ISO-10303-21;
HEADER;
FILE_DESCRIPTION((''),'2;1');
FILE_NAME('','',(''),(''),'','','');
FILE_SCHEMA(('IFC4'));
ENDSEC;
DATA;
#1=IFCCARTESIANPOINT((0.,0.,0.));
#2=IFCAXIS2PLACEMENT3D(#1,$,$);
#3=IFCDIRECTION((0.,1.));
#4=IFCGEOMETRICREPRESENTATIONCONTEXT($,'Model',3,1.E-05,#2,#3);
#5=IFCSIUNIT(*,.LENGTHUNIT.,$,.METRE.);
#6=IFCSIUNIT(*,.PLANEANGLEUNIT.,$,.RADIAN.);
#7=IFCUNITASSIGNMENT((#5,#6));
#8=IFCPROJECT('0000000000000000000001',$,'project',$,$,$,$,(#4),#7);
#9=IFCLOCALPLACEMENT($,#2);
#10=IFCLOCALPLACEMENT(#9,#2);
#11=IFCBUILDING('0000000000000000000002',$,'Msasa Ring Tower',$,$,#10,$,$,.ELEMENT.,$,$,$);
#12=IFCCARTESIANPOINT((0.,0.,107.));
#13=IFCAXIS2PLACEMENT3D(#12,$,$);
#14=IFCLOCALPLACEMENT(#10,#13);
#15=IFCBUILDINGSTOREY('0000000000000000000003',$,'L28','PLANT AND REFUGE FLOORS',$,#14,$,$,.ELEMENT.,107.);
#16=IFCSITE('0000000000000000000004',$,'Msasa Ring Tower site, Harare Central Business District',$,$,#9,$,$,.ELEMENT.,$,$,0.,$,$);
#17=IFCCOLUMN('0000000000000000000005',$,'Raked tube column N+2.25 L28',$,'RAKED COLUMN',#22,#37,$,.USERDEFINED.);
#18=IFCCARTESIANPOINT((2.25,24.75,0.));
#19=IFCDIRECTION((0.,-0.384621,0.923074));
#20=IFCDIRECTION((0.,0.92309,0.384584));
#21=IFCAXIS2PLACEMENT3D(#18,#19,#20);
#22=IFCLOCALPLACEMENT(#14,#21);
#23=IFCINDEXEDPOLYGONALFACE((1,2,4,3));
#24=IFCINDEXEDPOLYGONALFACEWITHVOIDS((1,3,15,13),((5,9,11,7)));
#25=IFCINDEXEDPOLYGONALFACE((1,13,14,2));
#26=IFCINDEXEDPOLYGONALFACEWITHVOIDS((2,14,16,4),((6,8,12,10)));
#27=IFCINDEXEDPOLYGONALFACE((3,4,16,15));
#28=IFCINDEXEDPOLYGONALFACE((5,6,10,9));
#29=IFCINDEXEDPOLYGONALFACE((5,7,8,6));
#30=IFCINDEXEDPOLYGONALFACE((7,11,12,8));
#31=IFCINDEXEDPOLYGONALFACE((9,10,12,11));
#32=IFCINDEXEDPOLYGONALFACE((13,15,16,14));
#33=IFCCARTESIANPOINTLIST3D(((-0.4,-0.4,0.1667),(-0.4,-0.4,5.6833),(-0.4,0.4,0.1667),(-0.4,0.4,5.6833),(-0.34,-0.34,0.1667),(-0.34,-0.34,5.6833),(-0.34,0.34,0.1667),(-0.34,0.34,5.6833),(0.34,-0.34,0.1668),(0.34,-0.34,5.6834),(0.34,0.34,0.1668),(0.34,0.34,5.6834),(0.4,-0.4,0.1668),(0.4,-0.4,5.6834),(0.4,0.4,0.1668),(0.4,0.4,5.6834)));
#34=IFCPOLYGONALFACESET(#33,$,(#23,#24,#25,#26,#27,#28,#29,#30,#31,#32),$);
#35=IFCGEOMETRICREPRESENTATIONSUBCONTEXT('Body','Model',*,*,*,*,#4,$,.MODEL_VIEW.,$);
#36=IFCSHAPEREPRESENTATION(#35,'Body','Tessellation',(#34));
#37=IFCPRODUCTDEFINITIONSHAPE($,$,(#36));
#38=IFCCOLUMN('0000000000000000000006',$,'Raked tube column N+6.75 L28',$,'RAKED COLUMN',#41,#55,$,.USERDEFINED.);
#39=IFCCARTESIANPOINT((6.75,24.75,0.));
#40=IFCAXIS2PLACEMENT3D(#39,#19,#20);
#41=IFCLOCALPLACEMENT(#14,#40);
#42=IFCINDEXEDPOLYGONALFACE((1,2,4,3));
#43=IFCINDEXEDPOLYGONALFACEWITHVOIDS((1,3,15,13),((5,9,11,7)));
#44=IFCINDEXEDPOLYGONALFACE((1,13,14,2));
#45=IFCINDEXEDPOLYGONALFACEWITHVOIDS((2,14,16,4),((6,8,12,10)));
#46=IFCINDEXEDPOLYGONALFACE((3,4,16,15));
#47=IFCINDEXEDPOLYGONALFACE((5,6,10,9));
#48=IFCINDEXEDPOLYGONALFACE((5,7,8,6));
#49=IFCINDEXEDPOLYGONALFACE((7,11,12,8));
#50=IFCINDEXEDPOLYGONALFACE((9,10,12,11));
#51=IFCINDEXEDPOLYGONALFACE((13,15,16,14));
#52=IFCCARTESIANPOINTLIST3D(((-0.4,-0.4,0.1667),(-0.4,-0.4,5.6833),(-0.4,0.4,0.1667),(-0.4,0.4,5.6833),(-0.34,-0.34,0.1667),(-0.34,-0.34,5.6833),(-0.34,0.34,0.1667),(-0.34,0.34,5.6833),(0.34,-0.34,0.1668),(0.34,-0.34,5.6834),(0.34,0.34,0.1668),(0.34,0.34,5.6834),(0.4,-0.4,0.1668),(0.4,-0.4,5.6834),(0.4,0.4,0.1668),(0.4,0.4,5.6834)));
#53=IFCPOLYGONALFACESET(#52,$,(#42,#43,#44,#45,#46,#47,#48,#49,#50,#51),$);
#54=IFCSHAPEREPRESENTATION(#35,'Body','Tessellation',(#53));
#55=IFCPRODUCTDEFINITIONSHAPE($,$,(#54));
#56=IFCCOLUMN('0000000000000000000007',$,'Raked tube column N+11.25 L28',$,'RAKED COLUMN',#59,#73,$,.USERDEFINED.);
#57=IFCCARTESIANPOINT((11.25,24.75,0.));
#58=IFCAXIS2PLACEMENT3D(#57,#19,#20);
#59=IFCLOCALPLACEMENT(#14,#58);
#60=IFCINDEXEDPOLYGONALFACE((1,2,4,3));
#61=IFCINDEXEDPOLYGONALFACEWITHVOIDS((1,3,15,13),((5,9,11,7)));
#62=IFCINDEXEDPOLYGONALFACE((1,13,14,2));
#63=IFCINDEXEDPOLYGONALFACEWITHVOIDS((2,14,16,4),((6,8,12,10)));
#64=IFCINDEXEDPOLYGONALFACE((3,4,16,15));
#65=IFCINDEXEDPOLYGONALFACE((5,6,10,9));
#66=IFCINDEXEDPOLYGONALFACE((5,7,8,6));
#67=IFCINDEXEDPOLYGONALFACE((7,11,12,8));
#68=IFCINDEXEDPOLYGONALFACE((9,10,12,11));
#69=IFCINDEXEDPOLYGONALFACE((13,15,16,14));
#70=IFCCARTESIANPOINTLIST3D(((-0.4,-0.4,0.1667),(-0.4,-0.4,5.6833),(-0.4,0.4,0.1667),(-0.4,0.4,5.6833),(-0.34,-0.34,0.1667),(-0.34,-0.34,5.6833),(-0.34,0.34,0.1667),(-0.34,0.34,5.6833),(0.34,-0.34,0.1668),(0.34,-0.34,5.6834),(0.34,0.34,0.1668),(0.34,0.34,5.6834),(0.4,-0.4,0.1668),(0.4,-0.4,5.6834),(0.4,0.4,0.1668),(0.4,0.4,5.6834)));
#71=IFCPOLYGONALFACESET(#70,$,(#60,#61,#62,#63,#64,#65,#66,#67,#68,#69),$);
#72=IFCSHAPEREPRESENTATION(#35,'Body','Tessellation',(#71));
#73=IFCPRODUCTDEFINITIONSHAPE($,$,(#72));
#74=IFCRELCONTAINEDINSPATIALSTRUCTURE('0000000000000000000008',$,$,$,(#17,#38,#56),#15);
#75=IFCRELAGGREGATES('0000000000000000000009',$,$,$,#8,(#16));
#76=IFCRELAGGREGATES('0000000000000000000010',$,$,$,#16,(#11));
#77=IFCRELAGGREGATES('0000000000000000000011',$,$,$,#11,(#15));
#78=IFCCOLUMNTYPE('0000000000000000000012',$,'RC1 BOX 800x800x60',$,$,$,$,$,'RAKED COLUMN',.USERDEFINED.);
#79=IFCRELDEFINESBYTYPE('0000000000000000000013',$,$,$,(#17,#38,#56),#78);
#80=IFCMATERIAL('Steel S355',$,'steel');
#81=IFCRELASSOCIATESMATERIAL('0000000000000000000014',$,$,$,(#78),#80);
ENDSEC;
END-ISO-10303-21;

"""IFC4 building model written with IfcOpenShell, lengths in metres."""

from ifc_helpers import new_model, si_unit, direction, frame, origin, origin_2d, place, context, subcontext, project, spatial, hollow_rectangle, extrude, clip, halfspace, material, material_profile, profile_set, type_object, element, save


model = new_model("IFC4")

# Units and contexts
model_context = context("Model", 3, precision=1e-05, world=origin(), true_north=direction((0.0, 1.0)))
body_context = subcontext(model_context, "Body", "Model", "MODEL_VIEW")
ifc_project = project(units=[si_unit("LENGTHUNIT", "METRE"), si_unit("PLANEANGLEUNIT", "RADIAN")], contexts=[model_context])

# Site, building, storey
site_placement = place(None, origin())
site = spatial("IfcSite", under=ifc_project, at=site_placement, Name="Msasa Ring Tower site, Harare Central Business District", CompositionType="ELEMENT", RefElevation=0.0)
building_placement = place(site_placement, origin())
building = spatial("IfcBuilding", under=site, at=building_placement, Name="Msasa Ring Tower", CompositionType="ELEMENT")
storey_placement = place(building_placement, frame((0.0, 0.0, 107.0)))
storey = spatial("IfcBuildingStorey", under=building, at=storey_placement, Name="L28", Description="PLANT AND REFUGE FLOORS", CompositionType="ELEMENT", Elevation=107.0)

# Columns
ifc_material_1 = material(Name="Steel S355", Category="steel")
ifc_material_profile_1 = material_profile(ifc_material_1, hollow_rectangle(XDim=0.8, YDim=0.8, WallThickness=0.0601, at=origin_2d()), Name="BOX 800x800x60")
ifc_profile_set_1 = profile_set([ifc_material_profile_1], Name="Steel S355")
column_type = type_object("IfcColumnType", Name="RC1 BOX 800x800x60", ElementType="RAKED COLUMN", PredefinedType="USERDEFINED", material=ifc_profile_set_1)
for number, where, z_axis, x_axis, name in (
    (1, (2.25, 24.75, 0.0), (0.0, -0.384621, 0.923074), (0.0, 0.92309, 0.384584), "Raked tube column N+2.25 L28"),
    (2, (6.75, 24.75, 0.0), (0.0, -0.384621, 0.923074), (0.0, 0.92309, 0.384584), "Raked tube column N+6.75 L28"),
    (3, (11.25, 24.75, 0.0), (0.0, -0.384621, 0.923074), (0.0, 0.92309, 0.384584), "Raked tube column N+11.25 L28"),
):
    element("IfcColumn", number, at=place(storey_placement, frame(where, z_axis=z_axis, x_axis=x_axis)), inside=storey, type_object=column_type, Name=name, ObjectType="RAKED COLUMN", PredefinedType="USERDEFINED", context=body_context, shape_type="Clipping", body=[
        clip(clip(extrude(hollow_rectangle(XDim=0.8, YDim=0.8, WallThickness=0.0601, at=origin_2d()), origin(), (0.0, 0.0, 1.0), 5.8499), halfspace(frame((0.0, 0.0, 0.1667), z_axis=(0.0, 0.0, 1.0)), True)), halfspace(frame((0.0, 0.0, 5.6833), z_axis=(0.0, 0.0, -1.0)), True)),
    ])

save(model, "model.ifc")
